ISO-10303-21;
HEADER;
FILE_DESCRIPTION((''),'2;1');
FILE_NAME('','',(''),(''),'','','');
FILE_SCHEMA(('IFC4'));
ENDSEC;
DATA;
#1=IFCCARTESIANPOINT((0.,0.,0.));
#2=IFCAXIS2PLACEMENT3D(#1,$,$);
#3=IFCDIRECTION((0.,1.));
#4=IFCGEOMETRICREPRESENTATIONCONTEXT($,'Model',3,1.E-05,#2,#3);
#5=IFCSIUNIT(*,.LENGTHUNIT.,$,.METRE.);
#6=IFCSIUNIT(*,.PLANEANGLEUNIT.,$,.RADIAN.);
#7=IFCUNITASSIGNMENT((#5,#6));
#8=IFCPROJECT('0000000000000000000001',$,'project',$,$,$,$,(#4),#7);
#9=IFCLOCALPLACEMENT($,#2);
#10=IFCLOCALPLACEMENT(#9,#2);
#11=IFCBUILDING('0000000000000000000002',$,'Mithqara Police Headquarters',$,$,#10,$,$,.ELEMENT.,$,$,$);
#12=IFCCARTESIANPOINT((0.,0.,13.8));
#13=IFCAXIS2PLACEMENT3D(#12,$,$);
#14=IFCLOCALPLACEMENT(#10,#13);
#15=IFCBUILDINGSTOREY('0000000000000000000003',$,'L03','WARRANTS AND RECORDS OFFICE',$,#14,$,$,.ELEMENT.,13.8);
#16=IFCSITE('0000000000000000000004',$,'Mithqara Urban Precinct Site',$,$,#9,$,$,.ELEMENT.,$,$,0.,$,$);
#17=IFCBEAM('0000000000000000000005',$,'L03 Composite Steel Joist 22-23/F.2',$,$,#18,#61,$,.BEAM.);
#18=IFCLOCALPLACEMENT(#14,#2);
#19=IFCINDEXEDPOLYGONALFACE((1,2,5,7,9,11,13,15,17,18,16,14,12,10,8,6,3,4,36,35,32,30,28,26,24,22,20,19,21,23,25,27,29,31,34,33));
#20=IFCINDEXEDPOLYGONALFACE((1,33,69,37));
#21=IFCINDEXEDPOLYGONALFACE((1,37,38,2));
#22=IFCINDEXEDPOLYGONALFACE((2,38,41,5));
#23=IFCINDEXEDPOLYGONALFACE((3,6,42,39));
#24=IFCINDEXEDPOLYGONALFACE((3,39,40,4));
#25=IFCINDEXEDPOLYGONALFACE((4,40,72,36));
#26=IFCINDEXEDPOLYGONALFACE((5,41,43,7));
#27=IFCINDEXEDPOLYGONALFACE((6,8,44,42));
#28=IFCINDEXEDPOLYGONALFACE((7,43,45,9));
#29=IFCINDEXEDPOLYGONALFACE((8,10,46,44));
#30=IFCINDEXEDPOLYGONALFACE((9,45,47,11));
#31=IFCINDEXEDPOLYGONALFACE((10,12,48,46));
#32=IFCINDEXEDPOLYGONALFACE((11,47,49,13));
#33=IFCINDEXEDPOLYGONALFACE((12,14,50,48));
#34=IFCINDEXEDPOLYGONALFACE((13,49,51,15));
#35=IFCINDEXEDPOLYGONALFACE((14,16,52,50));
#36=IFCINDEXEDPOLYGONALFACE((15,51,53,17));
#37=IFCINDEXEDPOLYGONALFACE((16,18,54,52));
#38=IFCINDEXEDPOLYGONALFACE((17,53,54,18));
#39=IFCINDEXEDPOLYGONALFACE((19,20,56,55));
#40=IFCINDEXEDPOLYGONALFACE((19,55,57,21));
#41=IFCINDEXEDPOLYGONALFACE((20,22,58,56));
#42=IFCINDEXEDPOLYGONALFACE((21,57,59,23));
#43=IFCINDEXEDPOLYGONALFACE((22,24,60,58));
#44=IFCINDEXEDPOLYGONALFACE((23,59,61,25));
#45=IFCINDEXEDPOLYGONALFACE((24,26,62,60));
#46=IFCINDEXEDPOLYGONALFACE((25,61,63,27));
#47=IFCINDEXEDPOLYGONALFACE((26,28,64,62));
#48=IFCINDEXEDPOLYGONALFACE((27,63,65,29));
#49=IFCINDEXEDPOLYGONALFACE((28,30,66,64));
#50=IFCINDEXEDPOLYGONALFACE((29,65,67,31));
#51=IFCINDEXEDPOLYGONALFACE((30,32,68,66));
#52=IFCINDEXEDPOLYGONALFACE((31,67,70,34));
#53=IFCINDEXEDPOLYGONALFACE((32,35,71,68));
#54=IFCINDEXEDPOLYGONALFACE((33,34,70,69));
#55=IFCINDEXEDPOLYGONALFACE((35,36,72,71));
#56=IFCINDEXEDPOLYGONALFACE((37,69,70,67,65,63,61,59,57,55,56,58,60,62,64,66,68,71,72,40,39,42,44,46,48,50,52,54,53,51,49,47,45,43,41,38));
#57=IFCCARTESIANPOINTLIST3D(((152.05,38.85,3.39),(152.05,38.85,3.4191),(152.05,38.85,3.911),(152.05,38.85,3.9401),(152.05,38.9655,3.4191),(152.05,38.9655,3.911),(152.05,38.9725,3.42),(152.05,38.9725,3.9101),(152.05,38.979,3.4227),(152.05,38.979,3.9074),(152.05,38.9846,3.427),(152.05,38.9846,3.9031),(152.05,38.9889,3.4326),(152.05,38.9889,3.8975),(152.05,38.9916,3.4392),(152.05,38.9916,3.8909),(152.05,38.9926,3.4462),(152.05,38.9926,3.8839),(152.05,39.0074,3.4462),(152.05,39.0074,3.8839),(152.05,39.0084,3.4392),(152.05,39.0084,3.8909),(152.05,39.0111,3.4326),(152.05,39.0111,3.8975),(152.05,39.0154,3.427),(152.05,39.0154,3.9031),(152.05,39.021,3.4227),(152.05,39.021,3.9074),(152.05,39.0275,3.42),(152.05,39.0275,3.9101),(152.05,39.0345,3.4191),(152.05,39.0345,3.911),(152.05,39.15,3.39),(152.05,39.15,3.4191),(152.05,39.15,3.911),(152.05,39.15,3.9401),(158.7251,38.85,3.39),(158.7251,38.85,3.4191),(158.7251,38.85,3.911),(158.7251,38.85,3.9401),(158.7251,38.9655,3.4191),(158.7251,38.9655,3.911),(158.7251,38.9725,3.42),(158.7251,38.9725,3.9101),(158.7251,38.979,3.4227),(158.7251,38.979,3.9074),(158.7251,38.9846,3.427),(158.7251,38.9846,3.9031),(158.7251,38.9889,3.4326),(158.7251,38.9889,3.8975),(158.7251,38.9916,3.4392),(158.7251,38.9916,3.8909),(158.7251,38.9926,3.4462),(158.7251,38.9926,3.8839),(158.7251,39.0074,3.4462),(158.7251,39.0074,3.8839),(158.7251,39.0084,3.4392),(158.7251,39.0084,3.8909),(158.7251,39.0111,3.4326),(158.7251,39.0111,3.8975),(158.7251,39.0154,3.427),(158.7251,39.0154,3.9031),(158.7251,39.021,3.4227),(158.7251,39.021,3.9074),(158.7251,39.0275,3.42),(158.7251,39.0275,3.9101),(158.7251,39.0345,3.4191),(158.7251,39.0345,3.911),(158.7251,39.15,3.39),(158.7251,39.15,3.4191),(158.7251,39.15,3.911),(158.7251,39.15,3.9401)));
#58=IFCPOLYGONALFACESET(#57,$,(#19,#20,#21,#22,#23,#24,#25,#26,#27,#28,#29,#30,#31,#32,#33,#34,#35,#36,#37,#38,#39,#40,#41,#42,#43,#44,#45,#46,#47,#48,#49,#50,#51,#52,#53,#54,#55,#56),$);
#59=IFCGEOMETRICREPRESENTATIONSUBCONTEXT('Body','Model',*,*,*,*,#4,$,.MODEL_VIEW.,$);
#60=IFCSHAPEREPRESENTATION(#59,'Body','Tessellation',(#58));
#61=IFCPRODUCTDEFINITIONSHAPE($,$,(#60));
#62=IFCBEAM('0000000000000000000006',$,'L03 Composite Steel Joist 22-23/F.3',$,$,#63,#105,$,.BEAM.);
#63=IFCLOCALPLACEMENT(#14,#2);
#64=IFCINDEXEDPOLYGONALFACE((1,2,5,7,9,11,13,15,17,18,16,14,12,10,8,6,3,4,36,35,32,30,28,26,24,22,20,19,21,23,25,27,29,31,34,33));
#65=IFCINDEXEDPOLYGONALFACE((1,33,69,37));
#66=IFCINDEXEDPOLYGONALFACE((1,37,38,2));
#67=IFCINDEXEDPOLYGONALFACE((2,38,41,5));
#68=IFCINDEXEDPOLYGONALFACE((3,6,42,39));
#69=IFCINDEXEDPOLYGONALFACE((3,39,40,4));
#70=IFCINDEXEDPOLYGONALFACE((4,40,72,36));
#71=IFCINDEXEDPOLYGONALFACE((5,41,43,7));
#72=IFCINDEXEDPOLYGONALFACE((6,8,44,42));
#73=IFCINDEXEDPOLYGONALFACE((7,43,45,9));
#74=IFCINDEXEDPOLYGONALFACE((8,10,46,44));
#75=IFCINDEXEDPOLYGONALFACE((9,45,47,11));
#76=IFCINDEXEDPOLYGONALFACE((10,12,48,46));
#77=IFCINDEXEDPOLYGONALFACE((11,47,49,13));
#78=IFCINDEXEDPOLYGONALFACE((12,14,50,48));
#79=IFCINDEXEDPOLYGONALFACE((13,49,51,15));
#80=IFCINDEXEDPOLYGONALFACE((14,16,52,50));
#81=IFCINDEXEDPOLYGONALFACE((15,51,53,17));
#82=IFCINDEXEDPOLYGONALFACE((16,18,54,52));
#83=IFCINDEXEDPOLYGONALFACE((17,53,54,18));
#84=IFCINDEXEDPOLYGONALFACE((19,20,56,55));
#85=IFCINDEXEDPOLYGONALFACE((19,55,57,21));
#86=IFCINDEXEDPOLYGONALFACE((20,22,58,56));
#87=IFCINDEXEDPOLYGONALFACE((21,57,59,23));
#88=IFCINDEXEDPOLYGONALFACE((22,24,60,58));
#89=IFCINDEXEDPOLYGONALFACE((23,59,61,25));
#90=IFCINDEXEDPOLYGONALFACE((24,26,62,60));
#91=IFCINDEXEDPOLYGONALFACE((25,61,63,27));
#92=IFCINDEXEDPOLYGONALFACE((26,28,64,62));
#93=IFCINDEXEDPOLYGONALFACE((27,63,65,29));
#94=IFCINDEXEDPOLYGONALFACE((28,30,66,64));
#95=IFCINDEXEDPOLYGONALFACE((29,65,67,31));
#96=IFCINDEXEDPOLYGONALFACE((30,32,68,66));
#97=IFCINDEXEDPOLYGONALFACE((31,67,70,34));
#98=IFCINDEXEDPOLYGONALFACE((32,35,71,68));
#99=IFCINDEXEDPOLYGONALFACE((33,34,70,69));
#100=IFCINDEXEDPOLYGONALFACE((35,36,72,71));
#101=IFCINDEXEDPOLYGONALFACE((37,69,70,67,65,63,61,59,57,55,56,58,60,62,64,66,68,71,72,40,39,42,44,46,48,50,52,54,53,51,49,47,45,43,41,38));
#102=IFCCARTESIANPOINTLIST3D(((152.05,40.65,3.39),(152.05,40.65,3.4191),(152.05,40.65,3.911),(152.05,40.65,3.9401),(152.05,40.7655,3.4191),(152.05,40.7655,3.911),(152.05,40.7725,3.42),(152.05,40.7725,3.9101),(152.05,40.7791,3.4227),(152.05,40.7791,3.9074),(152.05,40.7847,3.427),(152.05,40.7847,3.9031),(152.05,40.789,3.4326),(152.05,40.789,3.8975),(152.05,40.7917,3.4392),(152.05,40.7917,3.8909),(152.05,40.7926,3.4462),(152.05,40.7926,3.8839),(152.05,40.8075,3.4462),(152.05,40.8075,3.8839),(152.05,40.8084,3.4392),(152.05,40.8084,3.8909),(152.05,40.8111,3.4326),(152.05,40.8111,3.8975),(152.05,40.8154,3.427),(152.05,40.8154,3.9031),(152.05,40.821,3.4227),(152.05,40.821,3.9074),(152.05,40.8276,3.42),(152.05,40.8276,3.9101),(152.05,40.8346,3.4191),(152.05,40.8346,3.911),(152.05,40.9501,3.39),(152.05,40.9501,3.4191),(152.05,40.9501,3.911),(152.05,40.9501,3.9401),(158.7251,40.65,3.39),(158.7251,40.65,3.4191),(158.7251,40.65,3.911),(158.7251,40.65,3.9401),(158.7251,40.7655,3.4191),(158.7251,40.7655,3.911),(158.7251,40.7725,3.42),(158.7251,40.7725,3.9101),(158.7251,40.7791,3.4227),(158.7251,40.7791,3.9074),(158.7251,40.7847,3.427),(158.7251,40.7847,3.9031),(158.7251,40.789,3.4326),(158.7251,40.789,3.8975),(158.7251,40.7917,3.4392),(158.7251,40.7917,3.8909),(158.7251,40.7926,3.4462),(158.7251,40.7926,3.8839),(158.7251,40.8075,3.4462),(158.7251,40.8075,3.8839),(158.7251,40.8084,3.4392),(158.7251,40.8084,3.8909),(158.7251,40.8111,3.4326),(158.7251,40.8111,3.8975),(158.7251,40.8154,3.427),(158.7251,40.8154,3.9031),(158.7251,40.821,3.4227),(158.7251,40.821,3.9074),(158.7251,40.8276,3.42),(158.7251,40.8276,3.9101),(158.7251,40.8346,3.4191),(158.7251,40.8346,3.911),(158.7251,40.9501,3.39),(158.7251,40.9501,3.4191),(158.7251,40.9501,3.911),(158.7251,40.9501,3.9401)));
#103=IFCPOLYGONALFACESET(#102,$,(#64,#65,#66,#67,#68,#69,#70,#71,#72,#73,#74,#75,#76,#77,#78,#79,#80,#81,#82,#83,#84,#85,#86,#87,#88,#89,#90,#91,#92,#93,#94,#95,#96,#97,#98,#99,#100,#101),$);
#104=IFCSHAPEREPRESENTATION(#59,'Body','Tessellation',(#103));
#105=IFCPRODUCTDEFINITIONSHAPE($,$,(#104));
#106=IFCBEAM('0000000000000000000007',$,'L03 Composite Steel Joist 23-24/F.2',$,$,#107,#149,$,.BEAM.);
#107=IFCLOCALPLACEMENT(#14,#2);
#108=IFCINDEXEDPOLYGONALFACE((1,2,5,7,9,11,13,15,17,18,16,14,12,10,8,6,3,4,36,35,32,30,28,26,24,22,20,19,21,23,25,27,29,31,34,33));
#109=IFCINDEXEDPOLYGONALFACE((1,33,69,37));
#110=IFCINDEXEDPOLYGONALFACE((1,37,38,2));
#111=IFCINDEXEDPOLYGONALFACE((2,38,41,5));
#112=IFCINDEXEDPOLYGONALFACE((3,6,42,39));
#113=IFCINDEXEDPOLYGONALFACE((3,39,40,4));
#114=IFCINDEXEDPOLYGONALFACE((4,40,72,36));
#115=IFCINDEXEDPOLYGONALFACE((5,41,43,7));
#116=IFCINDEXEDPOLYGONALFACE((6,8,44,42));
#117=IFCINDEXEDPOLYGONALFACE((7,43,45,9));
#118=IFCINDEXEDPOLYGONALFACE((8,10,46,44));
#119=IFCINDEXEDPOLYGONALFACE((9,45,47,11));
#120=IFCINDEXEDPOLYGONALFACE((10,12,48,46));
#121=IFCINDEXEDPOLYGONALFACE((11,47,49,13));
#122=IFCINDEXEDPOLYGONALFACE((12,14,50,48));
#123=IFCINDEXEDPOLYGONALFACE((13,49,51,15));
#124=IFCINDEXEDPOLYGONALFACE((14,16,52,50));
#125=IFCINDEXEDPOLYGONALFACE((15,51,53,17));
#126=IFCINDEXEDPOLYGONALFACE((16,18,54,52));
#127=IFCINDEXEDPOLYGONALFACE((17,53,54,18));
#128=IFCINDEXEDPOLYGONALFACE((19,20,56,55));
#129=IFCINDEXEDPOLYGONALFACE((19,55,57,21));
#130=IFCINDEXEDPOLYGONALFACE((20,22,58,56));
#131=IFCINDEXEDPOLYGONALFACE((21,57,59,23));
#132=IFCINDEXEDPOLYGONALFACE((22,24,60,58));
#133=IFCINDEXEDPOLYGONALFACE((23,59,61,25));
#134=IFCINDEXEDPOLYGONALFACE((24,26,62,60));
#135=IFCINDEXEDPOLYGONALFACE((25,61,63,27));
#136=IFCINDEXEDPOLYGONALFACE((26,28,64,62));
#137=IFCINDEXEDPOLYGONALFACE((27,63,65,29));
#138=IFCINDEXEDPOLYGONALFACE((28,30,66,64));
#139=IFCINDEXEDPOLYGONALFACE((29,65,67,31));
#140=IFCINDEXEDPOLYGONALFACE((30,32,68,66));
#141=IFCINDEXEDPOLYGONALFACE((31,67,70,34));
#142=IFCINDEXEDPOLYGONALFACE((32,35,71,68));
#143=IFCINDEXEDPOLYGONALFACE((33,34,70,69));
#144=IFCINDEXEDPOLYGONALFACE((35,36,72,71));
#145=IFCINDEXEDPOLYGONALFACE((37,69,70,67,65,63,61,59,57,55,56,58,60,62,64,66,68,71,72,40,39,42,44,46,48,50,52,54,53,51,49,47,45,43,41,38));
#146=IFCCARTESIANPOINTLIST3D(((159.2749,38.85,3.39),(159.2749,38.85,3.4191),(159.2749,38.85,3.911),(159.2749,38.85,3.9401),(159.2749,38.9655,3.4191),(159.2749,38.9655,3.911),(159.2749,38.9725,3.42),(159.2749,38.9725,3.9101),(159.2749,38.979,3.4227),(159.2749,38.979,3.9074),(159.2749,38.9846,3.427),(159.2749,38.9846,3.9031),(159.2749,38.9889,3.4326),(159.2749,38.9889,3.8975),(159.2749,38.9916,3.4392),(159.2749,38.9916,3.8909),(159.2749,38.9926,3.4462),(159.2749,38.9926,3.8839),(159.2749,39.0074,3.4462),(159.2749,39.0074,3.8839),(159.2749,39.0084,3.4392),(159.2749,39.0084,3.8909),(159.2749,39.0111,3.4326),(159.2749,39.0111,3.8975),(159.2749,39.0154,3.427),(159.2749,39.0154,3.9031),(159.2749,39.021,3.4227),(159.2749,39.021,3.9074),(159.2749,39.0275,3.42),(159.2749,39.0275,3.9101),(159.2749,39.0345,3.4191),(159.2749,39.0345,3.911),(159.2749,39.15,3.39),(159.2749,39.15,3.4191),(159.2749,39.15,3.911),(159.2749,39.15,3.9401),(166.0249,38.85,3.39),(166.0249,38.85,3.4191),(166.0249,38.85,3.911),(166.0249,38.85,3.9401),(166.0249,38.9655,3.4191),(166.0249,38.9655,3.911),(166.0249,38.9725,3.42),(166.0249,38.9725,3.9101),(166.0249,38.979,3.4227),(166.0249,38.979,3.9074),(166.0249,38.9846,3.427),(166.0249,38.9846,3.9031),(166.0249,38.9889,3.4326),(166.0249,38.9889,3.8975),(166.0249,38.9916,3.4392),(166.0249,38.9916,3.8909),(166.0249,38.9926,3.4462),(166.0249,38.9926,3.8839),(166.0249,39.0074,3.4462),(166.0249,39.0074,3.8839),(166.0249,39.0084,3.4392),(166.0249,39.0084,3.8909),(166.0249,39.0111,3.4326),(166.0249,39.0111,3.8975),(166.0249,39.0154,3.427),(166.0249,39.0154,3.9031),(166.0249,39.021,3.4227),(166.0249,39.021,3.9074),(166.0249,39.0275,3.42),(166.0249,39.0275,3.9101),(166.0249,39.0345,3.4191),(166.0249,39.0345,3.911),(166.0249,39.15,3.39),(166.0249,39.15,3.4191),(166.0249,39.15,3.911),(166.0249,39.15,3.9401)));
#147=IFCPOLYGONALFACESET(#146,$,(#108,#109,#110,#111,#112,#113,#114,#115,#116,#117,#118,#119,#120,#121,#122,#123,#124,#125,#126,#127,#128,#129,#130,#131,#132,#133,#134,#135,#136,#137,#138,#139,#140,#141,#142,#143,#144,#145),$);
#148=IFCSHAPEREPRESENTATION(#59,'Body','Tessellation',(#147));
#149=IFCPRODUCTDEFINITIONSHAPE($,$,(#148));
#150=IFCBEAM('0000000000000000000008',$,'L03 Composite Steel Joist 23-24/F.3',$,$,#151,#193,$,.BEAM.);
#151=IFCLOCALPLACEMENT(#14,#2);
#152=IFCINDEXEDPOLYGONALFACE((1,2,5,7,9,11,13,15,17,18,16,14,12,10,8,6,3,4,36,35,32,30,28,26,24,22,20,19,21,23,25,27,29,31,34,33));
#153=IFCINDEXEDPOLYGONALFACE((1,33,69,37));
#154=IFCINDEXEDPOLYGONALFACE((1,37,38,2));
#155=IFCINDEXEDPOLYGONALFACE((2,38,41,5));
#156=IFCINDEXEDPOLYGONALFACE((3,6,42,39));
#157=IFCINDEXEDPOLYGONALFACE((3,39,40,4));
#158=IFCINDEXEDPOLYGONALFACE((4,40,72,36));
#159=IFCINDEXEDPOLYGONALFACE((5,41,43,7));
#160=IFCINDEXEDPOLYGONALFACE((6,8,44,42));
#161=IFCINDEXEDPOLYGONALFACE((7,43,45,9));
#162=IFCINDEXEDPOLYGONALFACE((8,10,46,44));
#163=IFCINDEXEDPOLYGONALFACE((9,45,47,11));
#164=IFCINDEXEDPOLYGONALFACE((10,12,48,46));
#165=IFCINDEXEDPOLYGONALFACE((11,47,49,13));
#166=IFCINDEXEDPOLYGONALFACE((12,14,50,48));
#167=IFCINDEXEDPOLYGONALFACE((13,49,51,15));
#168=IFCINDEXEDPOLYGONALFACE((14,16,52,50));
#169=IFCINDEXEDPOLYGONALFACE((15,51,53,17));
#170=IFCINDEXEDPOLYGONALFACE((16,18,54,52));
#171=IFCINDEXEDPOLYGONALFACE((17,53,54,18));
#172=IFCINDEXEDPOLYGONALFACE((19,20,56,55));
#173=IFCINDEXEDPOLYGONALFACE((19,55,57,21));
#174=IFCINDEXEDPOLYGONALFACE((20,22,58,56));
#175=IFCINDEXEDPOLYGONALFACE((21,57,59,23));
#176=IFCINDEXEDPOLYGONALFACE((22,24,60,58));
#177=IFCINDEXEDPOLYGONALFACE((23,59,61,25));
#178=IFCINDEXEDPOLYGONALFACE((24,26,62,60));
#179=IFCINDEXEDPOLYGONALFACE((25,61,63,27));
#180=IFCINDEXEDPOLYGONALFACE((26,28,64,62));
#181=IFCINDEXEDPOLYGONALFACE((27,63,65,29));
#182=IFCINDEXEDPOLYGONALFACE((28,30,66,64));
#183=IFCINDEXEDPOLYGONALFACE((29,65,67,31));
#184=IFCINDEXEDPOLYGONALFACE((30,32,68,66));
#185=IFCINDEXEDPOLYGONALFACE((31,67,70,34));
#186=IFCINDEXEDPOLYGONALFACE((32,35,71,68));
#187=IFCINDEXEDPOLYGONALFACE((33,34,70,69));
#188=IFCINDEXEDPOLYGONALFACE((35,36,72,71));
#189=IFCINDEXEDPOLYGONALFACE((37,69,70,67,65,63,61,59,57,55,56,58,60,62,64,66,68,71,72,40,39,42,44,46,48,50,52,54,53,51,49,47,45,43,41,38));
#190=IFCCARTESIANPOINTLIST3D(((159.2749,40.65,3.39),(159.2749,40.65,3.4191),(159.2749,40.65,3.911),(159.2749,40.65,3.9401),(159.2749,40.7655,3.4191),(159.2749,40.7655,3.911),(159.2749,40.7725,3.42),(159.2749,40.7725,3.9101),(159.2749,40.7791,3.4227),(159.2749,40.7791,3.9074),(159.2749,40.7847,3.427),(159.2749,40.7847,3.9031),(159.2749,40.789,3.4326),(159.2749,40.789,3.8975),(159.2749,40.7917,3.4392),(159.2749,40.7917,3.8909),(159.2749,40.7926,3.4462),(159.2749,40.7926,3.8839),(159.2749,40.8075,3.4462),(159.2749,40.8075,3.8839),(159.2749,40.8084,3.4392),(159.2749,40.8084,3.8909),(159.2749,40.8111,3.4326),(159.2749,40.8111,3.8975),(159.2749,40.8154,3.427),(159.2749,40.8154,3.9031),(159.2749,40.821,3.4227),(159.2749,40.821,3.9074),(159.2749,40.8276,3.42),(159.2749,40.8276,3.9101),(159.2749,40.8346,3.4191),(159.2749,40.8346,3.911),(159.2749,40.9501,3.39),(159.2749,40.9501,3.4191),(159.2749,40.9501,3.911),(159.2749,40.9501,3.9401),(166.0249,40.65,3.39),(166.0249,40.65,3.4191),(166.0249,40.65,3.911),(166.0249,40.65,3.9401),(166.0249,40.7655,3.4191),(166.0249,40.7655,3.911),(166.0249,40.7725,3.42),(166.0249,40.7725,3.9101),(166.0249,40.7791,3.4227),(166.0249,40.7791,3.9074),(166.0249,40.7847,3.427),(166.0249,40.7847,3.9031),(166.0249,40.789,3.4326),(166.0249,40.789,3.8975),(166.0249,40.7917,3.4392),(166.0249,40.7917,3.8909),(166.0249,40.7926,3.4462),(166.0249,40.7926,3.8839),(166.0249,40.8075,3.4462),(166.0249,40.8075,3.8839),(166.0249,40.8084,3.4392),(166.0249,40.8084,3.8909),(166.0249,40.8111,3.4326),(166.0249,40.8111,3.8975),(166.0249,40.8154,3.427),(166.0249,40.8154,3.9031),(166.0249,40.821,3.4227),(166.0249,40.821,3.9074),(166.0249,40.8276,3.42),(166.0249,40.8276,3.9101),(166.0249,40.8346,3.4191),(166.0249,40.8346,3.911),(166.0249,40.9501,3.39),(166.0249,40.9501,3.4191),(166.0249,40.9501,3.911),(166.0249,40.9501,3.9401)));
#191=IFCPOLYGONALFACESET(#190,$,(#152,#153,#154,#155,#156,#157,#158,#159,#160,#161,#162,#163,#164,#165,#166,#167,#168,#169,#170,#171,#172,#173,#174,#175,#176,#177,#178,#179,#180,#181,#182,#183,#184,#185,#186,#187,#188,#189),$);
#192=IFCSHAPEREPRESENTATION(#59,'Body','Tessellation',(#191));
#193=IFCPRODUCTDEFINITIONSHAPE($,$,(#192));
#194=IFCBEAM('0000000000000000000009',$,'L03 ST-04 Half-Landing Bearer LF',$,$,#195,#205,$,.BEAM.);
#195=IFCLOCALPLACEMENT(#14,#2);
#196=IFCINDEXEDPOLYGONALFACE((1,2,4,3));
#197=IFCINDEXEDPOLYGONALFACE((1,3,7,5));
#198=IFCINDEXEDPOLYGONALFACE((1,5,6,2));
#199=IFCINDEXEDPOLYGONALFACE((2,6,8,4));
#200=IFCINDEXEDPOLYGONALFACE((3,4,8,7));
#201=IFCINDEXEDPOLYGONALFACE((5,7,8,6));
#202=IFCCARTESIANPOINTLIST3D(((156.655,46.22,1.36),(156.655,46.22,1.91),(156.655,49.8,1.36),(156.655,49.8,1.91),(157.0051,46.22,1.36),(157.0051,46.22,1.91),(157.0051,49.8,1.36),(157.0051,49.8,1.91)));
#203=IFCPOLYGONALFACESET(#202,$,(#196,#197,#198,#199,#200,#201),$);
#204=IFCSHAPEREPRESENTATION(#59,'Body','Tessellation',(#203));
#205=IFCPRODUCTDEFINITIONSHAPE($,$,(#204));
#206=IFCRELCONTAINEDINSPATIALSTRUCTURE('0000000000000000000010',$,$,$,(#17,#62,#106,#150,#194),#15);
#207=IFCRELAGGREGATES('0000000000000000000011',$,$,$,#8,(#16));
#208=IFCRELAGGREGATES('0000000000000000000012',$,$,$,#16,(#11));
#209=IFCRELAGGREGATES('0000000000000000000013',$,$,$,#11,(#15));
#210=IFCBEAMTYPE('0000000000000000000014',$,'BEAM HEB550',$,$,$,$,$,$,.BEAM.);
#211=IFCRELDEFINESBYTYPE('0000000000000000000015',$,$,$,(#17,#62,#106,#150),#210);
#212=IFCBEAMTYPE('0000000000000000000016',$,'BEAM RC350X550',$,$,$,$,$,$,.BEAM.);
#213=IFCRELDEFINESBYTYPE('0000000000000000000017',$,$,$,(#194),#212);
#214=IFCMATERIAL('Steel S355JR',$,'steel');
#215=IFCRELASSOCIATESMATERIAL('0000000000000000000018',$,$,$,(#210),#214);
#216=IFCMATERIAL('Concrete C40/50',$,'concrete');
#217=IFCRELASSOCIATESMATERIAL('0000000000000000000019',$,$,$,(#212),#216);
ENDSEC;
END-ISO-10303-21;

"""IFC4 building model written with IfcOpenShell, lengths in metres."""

from ifc_helpers import new_model, si_unit, direction, frame, origin, origin_2d, place, context, subcontext, project, spatial, rectangle, i_section, extrude, material, material_profile, profile_set, type_object, element, save


model = new_model("IFC4")

# Units and contexts
model_context = context("Model", 3, precision=1e-05, world=origin(), true_north=direction((0.0, 1.0)))
body_context = subcontext(model_context, "Body", "Model", "MODEL_VIEW")
ifc_project = project(units=[si_unit("LENGTHUNIT", "METRE"), si_unit("PLANEANGLEUNIT", "RADIAN")], contexts=[model_context])

# Site, building, storey
site_placement = place(None, origin())
site = spatial("IfcSite", under=ifc_project, at=site_placement, Name="Mithqara Urban Precinct Site", CompositionType="ELEMENT", RefElevation=0.0)
building_placement = place(site_placement, origin())
building = spatial("IfcBuilding", under=site, at=building_placement, Name="Mithqara Police Headquarters", CompositionType="ELEMENT")
storey_placement = place(building_placement, frame((0.0, 0.0, 13.8)))
storey = spatial("IfcBuildingStorey", under=building, at=storey_placement, Name="L03", Description="WARRANTS AND RECORDS OFFICE", CompositionType="ELEMENT", Elevation=13.8)

# Beams
ifc_material_1 = material(Name="Steel S355JR", Category="steel")
ifc_material_profile_1 = material_profile(ifc_material_1, i_section(OverallWidth=0.3, OverallDepth=0.55, WebThickness=0.0149, FlangeThickness=0.0291, FilletRadius=0.0271, at=origin_2d()), Name="HEB 550")
ifc_profile_set_1 = profile_set([ifc_material_profile_1], Name="Steel S355JR")
beam_type_1 = type_object("IfcBeamType", Name="BEAM HEB550", PredefinedType="BEAM", material=ifc_profile_set_1)
for number, where, z_axis, x_axis, name in (
    (1, (152.05, 39.0, 3.665), (1.0, 0.0, 0.0), (0.0, 1.0, 0.0), "L03 Composite Steel Joist 22-23/F.2"),
    (2, (152.05, 40.8, 3.665), (1.0, 0.0, 0.0), (0.0, 1.0, 0.0), "L03 Composite Steel Joist 22-23/F.3"),
):
    element("IfcBeam", number, at=place(storey_placement, frame(where, z_axis=z_axis, x_axis=x_axis)), inside=storey, type_object=beam_type_1, Name=name, PredefinedType="BEAM", context=body_context, shape_type="SweptSolid", body=[
        extrude(i_section(OverallWidth=0.3, OverallDepth=0.55, WebThickness=0.0149, FlangeThickness=0.0291, FilletRadius=0.0271, at=origin_2d()), origin(), (0.0, 0.0, 1.0), 6.675),
    ])
for number, where, z_axis, x_axis, name in (
    (3, (159.2749, 39.0, 3.665), (1.0, 0.0, 0.0), (0.0, 1.0, 0.0), "L03 Composite Steel Joist 23-24/F.2"),
    (4, (159.2749, 40.8, 3.665), (1.0, 0.0, 0.0), (0.0, 1.0, 0.0), "L03 Composite Steel Joist 23-24/F.3"),
):
    element("IfcBeam", number, at=place(storey_placement, frame(where, z_axis=z_axis, x_axis=x_axis)), inside=storey, type_object=beam_type_1, Name=name, PredefinedType="BEAM", context=body_context, shape_type="SweptSolid", body=[
        extrude(i_section(OverallWidth=0.3, OverallDepth=0.55, WebThickness=0.0149, FlangeThickness=0.0291, FilletRadius=0.0271, at=origin_2d()), origin(), (0.0, 0.0, 1.0), 6.75),
    ])
ifc_material_2 = material(Name="Concrete C40/50", Category="concrete")
ifc_material_profile_2 = material_profile(ifc_material_2, rectangle(XDim=0.3501, YDim=0.55, at=origin_2d()), Name="RC 350x550")
ifc_profile_set_2 = profile_set([ifc_material_profile_2], Name="Concrete C40/50")
beam_type_2 = type_object("IfcBeamType", Name="BEAM RC350X550", PredefinedType="BEAM", material=ifc_profile_set_2)
for number, where, z_axis, x_axis, name in (
    (5, (156.8301, 46.22, 1.635), (0.0, 1.0, 0.0), (-1.0, 0.0, 0.0), "L03 ST-04 Half-Landing Bearer LF"),
):
    element("IfcBeam", number, at=place(storey_placement, frame(where, z_axis=z_axis, x_axis=x_axis)), inside=storey, type_object=beam_type_2, Name=name, PredefinedType="BEAM", context=body_context, shape_type="SweptSolid", body=[
        extrude(rectangle(XDim=0.3501, YDim=0.55, at=origin_2d()), origin(), (0.0, 0.0, 1.0), 3.5801),
    ])

save(model, "model.ifc")
